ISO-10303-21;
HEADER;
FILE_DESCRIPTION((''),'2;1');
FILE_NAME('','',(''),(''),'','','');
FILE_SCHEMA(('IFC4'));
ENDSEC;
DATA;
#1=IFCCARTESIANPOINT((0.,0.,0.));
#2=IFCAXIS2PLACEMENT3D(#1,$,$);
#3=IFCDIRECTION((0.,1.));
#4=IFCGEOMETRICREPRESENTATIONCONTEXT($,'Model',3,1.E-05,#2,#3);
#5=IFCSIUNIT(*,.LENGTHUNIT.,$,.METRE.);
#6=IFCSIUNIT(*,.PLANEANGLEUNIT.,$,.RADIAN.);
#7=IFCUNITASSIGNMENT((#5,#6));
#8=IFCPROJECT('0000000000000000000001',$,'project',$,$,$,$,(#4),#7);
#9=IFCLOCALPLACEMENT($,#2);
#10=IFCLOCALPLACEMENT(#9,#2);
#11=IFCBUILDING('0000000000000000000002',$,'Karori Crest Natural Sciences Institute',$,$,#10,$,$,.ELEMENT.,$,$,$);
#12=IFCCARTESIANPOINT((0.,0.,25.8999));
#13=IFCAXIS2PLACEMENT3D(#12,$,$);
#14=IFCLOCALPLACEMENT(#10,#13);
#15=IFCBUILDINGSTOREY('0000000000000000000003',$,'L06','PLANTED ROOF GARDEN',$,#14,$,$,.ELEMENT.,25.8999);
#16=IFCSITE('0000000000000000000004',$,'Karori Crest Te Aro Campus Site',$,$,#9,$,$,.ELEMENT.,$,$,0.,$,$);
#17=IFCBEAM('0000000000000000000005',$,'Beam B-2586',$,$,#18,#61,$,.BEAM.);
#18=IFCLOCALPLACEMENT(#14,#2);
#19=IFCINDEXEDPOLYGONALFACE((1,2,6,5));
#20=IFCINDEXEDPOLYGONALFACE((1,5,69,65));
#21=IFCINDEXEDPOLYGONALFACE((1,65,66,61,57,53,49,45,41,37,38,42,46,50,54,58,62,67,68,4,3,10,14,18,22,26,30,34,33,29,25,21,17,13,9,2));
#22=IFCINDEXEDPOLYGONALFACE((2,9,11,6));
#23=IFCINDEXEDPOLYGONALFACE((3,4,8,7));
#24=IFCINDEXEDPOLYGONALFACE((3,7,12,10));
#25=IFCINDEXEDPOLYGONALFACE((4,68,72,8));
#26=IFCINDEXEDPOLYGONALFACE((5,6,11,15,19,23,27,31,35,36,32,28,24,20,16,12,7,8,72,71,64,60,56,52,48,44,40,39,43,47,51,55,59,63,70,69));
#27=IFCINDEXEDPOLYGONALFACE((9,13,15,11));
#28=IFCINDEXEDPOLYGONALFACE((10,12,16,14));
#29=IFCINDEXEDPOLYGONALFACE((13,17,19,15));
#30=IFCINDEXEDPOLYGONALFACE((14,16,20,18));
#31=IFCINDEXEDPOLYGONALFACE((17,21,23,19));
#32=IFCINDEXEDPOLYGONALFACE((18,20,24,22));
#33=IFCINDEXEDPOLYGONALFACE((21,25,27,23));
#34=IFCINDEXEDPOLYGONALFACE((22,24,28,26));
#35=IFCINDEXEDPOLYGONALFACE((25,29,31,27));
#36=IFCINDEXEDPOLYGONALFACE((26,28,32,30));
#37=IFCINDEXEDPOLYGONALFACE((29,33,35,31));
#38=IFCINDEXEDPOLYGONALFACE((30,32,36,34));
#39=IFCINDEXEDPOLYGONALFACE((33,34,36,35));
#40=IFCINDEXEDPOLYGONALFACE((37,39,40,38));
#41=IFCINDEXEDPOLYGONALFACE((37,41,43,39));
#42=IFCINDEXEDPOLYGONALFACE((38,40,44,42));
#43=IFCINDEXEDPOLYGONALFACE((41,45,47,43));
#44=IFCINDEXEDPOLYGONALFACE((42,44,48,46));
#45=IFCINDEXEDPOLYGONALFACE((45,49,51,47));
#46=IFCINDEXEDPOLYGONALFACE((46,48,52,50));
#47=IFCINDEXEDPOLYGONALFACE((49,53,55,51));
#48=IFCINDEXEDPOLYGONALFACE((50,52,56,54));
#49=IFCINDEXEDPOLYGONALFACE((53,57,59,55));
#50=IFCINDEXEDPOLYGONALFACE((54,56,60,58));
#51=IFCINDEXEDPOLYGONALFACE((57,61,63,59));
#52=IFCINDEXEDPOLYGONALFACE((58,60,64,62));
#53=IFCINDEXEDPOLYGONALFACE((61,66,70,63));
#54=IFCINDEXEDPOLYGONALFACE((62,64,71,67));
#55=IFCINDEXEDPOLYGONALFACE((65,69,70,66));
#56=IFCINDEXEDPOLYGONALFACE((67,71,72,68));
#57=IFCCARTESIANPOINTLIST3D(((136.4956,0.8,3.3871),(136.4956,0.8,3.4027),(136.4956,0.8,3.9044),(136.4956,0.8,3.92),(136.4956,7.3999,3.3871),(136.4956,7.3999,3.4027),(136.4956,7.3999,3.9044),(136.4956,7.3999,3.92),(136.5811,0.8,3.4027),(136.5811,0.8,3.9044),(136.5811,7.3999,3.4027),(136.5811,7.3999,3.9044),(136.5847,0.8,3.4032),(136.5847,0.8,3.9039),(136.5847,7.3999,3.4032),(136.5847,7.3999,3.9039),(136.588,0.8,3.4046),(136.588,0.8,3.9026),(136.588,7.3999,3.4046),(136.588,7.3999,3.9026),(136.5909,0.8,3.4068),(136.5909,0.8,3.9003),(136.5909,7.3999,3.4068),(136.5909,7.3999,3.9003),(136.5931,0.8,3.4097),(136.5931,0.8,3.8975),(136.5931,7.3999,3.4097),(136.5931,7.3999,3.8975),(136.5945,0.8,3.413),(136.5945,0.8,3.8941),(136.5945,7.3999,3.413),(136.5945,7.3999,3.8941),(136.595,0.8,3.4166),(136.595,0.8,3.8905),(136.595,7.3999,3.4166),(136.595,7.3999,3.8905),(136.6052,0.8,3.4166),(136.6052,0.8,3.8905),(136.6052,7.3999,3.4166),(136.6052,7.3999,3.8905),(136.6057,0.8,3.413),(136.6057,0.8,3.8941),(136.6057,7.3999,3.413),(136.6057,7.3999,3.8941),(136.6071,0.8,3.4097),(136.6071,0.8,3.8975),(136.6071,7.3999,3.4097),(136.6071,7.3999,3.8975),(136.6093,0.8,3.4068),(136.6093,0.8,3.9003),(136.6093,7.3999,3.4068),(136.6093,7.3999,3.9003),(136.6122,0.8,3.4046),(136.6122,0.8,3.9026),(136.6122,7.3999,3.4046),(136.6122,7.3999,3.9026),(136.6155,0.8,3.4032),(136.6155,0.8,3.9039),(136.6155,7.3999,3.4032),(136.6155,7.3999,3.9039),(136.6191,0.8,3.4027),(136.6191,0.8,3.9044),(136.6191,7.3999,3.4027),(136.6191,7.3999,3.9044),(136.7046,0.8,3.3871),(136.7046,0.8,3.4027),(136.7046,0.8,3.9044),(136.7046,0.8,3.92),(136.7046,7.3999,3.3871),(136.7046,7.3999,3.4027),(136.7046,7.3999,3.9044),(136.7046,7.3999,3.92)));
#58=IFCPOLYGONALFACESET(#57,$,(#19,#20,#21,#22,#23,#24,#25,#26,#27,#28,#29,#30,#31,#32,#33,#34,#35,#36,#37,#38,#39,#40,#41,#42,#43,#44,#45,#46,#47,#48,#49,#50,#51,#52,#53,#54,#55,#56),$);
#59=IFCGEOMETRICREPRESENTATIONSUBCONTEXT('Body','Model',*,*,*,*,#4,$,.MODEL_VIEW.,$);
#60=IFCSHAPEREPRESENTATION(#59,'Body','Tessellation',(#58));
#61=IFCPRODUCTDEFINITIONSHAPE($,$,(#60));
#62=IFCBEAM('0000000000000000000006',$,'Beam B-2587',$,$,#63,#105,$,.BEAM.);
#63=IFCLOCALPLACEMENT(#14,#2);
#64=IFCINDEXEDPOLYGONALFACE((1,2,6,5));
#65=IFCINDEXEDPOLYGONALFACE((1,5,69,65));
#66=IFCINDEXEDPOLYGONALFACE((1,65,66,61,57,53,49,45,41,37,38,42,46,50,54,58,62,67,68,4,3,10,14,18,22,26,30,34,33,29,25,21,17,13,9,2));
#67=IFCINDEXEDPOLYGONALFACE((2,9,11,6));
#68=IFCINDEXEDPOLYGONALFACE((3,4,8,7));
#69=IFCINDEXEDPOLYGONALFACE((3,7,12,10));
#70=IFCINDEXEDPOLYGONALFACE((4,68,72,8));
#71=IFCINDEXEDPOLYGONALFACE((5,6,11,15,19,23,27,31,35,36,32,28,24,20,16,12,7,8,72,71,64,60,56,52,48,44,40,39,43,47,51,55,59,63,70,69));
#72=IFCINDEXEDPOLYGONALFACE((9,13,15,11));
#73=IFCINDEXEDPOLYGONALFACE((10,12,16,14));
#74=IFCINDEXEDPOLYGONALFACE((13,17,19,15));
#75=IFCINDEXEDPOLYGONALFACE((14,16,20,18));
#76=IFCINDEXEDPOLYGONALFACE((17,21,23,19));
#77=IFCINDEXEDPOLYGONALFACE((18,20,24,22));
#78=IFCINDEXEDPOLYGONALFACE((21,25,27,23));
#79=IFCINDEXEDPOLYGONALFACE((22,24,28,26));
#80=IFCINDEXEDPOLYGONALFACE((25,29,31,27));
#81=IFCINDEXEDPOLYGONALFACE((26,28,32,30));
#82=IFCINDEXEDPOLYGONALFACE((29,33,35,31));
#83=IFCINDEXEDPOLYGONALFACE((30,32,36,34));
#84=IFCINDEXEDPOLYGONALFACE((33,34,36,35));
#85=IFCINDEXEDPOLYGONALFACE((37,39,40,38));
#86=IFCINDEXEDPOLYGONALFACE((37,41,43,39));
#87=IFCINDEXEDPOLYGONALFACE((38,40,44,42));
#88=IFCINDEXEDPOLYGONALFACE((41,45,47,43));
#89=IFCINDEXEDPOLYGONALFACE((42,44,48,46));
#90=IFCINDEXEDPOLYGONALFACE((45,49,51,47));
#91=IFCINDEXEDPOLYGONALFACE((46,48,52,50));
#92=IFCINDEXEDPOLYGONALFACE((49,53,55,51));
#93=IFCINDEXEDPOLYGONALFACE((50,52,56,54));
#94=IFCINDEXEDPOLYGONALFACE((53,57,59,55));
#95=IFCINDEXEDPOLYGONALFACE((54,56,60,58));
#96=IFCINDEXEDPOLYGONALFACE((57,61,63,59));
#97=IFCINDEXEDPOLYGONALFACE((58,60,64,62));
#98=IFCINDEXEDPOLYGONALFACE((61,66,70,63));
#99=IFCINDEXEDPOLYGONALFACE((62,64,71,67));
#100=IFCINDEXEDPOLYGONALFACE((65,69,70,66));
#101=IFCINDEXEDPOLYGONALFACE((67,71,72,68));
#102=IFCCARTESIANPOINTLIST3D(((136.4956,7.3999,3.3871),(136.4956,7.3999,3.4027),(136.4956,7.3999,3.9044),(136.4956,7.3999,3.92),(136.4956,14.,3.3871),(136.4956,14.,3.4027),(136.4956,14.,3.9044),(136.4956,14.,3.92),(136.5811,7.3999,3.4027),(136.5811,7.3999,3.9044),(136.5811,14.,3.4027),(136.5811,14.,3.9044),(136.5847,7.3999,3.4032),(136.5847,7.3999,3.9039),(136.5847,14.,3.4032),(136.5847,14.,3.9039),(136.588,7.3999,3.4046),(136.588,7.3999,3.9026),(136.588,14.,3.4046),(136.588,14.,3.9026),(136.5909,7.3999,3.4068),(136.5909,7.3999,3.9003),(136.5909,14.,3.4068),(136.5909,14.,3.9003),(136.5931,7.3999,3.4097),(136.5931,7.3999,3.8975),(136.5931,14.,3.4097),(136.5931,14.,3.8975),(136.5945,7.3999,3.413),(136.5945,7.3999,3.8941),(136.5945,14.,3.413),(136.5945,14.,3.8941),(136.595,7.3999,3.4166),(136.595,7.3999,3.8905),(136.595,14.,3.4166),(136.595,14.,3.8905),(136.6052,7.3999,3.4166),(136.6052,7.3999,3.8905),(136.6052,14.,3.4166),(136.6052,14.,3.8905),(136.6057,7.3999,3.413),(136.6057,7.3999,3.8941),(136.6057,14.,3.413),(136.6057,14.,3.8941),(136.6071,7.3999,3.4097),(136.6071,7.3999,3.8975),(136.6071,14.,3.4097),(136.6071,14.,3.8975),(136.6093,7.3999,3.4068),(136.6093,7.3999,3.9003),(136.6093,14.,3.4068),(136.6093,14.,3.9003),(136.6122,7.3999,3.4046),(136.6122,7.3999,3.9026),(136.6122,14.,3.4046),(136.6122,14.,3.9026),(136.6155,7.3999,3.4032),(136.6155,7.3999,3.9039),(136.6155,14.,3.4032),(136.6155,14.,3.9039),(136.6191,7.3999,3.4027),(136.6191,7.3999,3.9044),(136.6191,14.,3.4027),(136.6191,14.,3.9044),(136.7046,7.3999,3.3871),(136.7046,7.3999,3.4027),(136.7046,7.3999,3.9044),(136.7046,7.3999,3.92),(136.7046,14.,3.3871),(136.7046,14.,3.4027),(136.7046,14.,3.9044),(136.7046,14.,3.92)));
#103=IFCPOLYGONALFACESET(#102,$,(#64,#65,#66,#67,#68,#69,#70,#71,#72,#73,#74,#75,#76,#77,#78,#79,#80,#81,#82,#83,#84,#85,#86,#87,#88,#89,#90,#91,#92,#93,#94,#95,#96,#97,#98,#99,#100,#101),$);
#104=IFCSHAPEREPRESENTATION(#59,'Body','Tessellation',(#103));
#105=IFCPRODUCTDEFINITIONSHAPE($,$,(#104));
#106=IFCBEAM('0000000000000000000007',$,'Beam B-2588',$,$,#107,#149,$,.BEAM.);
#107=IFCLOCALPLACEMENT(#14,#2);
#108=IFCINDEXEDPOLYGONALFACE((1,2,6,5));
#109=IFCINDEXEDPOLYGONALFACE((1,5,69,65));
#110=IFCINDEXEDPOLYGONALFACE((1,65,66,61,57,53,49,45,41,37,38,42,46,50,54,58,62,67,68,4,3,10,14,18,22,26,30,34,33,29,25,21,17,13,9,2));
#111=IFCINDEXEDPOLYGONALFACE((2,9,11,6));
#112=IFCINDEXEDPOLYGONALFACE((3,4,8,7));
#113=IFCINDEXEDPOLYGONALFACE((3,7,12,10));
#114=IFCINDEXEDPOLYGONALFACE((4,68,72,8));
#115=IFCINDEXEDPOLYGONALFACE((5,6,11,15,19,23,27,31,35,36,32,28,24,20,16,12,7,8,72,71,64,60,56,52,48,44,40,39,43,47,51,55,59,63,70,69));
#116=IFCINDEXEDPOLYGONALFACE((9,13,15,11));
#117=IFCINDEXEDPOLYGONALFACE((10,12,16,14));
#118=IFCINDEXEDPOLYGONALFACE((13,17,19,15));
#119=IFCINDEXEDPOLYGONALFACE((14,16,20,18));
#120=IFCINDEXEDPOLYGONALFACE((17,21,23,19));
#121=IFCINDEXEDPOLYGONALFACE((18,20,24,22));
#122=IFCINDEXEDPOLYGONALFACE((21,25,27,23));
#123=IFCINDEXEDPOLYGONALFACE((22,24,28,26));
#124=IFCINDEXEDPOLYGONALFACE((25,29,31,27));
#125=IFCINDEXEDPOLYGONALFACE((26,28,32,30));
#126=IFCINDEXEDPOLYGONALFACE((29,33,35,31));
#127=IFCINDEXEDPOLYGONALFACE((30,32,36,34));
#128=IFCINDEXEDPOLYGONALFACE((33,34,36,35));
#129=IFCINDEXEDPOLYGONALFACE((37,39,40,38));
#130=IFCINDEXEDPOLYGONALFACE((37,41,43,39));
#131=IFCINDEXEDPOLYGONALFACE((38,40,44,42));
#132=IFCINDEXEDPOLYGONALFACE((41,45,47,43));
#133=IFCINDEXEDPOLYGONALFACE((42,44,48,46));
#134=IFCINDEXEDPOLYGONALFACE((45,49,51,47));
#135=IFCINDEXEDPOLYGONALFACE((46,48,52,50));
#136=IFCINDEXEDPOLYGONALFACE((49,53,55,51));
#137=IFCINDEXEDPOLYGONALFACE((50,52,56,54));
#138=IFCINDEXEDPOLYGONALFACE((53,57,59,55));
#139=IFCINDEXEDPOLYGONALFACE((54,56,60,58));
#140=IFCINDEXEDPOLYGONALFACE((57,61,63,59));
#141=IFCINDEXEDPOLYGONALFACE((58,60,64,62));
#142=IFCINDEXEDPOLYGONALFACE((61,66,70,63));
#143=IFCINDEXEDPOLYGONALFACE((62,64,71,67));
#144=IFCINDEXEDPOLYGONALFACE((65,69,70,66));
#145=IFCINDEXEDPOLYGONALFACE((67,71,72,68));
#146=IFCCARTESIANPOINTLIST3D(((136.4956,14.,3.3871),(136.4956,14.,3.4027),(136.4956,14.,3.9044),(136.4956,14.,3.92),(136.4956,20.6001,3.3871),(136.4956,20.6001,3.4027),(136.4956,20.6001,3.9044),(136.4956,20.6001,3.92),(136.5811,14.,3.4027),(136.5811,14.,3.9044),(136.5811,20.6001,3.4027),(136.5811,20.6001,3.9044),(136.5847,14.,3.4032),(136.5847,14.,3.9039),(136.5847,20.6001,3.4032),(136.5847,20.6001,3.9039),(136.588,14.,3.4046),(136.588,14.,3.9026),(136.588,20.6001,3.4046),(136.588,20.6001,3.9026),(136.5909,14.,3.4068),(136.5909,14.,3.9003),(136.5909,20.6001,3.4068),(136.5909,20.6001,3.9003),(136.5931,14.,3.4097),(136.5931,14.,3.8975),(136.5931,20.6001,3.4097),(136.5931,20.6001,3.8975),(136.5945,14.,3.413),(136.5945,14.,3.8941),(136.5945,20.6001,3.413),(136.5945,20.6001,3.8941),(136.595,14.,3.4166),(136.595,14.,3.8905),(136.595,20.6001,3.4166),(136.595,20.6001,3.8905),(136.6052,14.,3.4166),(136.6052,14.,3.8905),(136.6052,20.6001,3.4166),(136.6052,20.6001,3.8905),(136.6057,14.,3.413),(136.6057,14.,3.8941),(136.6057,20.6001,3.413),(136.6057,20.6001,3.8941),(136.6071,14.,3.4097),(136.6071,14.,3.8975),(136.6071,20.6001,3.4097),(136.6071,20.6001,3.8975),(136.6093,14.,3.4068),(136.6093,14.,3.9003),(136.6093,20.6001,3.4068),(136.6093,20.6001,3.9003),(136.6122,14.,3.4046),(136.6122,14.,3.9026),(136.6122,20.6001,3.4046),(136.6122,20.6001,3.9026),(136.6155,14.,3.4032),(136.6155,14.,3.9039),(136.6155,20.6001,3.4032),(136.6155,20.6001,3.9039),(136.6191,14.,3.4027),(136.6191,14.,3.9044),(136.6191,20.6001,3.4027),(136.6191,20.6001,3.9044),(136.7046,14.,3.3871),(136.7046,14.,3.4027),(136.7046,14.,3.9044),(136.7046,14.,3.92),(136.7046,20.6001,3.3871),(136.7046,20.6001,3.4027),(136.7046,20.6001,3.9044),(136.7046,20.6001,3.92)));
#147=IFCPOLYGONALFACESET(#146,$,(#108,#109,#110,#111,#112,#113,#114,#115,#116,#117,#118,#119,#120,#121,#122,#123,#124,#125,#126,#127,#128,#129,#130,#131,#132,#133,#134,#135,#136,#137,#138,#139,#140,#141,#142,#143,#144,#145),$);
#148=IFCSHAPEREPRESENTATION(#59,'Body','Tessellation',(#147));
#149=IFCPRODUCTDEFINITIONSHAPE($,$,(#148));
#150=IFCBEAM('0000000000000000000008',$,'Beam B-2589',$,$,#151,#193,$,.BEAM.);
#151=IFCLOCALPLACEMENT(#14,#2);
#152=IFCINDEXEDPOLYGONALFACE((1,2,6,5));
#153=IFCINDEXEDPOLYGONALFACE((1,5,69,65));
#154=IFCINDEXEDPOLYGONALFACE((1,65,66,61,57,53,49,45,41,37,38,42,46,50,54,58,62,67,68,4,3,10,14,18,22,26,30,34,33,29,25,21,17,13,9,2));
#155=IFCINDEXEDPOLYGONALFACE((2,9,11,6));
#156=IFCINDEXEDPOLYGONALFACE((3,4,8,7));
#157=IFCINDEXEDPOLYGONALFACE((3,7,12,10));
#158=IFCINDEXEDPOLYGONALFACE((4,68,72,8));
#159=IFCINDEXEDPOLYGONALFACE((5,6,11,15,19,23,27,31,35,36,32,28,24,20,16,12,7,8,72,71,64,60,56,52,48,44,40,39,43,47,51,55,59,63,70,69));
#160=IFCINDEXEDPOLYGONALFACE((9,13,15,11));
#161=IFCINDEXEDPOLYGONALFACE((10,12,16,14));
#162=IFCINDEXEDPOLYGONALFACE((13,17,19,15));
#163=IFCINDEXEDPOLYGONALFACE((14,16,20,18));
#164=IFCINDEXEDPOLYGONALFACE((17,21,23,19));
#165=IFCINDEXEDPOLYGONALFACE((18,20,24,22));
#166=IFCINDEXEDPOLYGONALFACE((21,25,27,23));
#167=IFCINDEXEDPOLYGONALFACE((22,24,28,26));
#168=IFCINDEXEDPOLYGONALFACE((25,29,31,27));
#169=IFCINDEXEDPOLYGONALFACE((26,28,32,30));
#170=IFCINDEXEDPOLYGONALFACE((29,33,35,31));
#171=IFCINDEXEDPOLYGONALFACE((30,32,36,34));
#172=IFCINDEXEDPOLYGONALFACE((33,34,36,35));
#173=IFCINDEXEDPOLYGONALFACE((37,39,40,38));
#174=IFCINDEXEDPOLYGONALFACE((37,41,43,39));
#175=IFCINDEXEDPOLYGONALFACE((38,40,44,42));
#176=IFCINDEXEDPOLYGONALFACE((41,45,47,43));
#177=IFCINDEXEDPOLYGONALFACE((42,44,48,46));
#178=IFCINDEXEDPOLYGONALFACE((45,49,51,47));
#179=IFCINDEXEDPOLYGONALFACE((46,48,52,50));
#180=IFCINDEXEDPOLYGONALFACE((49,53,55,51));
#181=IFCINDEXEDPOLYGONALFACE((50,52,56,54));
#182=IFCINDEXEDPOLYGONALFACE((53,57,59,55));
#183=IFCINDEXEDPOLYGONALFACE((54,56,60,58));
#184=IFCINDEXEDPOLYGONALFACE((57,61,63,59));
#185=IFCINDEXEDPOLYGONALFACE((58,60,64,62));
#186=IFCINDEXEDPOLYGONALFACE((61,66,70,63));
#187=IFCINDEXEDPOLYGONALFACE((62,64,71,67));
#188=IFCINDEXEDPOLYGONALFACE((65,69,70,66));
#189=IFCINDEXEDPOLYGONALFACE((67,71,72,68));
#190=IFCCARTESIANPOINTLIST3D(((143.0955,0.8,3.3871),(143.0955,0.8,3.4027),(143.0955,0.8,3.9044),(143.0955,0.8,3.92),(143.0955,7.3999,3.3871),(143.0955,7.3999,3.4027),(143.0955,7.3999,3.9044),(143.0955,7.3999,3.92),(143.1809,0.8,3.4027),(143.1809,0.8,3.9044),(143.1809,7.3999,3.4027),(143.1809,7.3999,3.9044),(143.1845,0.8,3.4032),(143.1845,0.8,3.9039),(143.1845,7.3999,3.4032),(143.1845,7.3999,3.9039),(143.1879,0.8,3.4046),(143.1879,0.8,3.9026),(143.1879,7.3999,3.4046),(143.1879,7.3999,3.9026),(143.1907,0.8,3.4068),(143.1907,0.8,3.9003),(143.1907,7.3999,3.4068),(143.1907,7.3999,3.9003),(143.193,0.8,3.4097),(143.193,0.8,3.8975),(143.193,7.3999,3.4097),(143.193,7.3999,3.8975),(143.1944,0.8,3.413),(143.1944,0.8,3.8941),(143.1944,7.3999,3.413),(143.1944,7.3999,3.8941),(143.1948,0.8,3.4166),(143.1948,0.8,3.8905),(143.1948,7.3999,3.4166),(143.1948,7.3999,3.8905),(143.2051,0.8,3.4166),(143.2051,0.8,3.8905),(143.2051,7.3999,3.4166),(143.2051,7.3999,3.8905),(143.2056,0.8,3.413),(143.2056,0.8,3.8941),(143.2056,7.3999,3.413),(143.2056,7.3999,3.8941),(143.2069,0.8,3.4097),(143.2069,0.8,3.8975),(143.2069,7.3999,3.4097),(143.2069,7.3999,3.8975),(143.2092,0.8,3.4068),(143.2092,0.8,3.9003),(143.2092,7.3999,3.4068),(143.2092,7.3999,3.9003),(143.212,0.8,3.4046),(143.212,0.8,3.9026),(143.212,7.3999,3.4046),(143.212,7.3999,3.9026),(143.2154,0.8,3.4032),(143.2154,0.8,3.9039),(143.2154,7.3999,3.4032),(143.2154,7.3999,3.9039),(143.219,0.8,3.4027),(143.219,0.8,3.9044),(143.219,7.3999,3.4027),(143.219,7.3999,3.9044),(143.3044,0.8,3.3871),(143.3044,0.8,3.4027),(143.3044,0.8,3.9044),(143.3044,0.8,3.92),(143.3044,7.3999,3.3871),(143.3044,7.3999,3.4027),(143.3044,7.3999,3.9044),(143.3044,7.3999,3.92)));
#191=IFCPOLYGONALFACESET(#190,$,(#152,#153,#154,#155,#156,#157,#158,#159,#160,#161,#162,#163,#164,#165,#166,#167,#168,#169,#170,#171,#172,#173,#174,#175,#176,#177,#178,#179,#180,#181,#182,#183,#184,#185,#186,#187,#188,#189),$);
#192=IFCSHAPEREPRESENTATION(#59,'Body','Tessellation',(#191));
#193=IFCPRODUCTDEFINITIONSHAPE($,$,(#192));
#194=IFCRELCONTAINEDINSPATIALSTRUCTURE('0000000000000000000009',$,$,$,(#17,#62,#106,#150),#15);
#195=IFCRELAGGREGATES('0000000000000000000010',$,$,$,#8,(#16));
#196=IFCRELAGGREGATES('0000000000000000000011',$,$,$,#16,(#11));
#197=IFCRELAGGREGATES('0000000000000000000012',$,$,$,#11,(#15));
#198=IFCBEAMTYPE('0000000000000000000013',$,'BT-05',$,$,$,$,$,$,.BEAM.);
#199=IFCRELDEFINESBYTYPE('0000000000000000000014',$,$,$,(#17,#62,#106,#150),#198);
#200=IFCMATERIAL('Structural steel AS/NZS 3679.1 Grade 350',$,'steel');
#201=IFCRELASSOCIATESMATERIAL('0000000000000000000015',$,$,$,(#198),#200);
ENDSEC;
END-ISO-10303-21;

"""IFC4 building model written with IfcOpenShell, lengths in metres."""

from ifc_helpers import new_model, si_unit, direction, frame, origin, origin_2d, place, context, subcontext, project, spatial, i_section, extrude, material, material_profile, profile_set, type_object, element, save


model = new_model("IFC4")

# Units and contexts
model_context = context("Model", 3, precision=1e-05, world=origin(), true_north=direction((0.0, 1.0)))
body_context = subcontext(model_context, "Body", "Model", "MODEL_VIEW")
ifc_project = project(units=[si_unit("LENGTHUNIT", "METRE"), si_unit("PLANEANGLEUNIT", "RADIAN")], contexts=[model_context])

# Site, building, storey
site_placement = place(None, origin())
site = spatial("IfcSite", under=ifc_project, at=site_placement, Name="Karori Crest Te Aro Campus Site", CompositionType="ELEMENT", RefElevation=0.0)
building_placement = place(site_placement, origin())
building = spatial("IfcBuilding", under=site, at=building_placement, Name="Karori Crest Natural Sciences Institute", CompositionType="ELEMENT")
storey_placement = place(building_placement, frame((0.0, 0.0, 25.8999)))
storey = spatial("IfcBuildingStorey", under=building, at=storey_placement, Name="L06", Description="PLANTED ROOF GARDEN", CompositionType="ELEMENT", Elevation=25.8999)

# Shared definitions
ifc_material_1 = material(Name="Structural steel AS/NZS 3679.1 Grade 350", Category="steel")

# Beams
ifc_material_profile_1 = material_profile(ifc_material_1, i_section(OverallWidth=0.209, OverallDepth=0.533, WebThickness=0.0103, FlangeThickness=0.0156, FilletRadius=0.0139, at=origin_2d()), Name="530UB92.4")
ifc_profile_set_1 = profile_set([ifc_material_profile_1], Name="Structural steel AS/NZS 3679.1 Grade 350")
beam_type_1 = type_object("IfcBeamType", Name="BT-05", PredefinedType="BEAM", material=ifc_profile_set_1)
beam_1_placement = place(storey_placement, frame((136.6001, 0.8, 3.6536), z_axis=(0.0, 1.0, 0.0), x_axis=(-1.0, 0.0, 0.0)))
element("IfcBeam", 1, at=beam_1_placement, inside=storey, type_object=beam_type_1, Name="Beam B-2586", PredefinedType="BEAM", context=body_context, shape_type="SweptSolid", body=[
    extrude(i_section(OverallWidth=0.209, OverallDepth=0.533, WebThickness=0.0103, FlangeThickness=0.0156, FilletRadius=0.0139, at=origin_2d()), origin(), (0.0, 0.0, 1.0), 6.5999),
])
for number, where, z_axis, x_axis, name in (
    (2, (136.6001, 7.3999, 3.6536), (0.0, 1.0, 0.0), (-1.0, 0.0, 0.0), "Beam B-2587"),
    (3, (136.6001, 14.0, 3.6536), (0.0, 1.0, 0.0), (-1.0, 0.0, 0.0), "Beam B-2588"),
):
    element("IfcBeam", number, at=place(storey_placement, frame(where, z_axis=z_axis, x_axis=x_axis)), inside=storey, type_object=beam_type_1, Name=name, PredefinedType="BEAM", context=body_context, shape_type="SweptSolid", body=[
        extrude(i_section(OverallWidth=0.209, OverallDepth=0.533, WebThickness=0.0103, FlangeThickness=0.0156, FilletRadius=0.0139, at=origin_2d()), origin(), (0.0, 0.0, 1.0), 6.6001),
    ])
beam_2_placement = place(storey_placement, frame((143.2, 0.8, 3.6536), z_axis=(0.0, 1.0, 0.0), x_axis=(-1.0, 0.0, 0.0)))
element("IfcBeam", 4, at=beam_2_placement, inside=storey, type_object=beam_type_1, Name="Beam B-2589", PredefinedType="BEAM", context=body_context, shape_type="SweptSolid", body=[
    extrude(i_section(OverallWidth=0.209, OverallDepth=0.533, WebThickness=0.0103, FlangeThickness=0.0156, FilletRadius=0.0139, at=origin_2d()), origin(), (0.0, 0.0, 1.0), 6.5999),
])

save(model, "model.ifc")
